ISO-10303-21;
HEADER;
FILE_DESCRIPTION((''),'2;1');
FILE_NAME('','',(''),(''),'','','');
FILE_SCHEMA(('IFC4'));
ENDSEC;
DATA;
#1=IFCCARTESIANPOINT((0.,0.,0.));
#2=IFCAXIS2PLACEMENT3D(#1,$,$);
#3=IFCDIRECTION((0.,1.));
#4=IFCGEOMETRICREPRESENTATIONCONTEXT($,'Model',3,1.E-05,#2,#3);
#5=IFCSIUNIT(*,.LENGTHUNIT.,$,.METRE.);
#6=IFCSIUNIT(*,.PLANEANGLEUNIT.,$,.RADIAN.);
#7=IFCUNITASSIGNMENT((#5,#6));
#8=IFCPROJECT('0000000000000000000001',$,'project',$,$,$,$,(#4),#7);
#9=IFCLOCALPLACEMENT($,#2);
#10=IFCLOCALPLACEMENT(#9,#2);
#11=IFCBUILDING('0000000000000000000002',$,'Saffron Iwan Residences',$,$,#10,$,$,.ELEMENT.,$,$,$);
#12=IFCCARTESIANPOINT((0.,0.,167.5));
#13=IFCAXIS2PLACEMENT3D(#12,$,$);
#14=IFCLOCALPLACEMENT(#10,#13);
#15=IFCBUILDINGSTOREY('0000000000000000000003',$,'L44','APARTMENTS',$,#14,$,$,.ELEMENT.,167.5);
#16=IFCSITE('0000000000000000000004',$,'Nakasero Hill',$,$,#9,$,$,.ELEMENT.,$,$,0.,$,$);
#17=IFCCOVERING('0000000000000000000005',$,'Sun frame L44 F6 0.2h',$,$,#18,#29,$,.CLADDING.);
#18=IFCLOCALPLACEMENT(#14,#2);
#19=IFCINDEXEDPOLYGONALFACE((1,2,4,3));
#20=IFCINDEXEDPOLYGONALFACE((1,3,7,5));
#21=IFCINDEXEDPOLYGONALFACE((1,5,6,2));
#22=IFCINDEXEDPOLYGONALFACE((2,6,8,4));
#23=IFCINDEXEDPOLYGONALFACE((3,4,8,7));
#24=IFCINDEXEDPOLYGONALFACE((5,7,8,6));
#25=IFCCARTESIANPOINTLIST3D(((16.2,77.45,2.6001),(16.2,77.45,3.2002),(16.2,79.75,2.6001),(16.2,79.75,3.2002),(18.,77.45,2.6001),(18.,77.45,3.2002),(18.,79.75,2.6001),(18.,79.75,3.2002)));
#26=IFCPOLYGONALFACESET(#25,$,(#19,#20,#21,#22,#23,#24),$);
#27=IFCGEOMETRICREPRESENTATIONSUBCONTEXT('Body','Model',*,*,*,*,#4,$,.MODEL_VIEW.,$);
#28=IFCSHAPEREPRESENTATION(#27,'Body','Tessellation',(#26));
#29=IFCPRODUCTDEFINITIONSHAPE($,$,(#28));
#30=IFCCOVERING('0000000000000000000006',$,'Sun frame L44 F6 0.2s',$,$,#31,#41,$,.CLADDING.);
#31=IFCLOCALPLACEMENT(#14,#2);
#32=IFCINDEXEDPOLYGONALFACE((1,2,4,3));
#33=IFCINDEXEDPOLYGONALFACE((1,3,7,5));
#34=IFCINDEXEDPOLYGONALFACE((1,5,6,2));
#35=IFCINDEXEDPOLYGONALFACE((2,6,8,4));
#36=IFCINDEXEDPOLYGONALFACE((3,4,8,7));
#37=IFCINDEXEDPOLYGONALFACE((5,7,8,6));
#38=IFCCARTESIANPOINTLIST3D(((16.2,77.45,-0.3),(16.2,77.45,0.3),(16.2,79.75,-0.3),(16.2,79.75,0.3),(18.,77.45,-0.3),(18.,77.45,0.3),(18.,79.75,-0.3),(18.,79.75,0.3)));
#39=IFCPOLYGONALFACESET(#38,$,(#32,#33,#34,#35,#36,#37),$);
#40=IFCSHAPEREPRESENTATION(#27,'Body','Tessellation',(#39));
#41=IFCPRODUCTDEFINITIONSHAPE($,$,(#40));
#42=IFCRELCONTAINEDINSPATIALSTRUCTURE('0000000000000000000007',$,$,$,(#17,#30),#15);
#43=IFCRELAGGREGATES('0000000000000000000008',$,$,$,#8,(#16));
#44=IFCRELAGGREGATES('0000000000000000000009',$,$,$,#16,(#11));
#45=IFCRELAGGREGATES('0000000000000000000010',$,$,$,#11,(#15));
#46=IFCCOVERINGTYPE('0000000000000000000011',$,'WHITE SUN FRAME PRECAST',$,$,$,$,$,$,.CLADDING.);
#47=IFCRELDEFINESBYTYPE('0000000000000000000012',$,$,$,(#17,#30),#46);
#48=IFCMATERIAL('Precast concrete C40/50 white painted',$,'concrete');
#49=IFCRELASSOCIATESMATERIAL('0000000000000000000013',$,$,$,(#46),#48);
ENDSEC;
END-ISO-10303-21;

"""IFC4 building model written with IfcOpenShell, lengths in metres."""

from ifc_helpers import new_model, si_unit, direction, frame, origin, place, context, subcontext, project, spatial, polyline, outline, extrude, material, type_object, element, save


model = new_model("IFC4")

# Units and contexts
model_context = context("Model", 3, precision=1e-05, world=origin(), true_north=direction((0.0, 1.0)))
body_context = subcontext(model_context, "Body", "Model", "MODEL_VIEW")
ifc_project = project(units=[si_unit("LENGTHUNIT", "METRE"), si_unit("PLANEANGLEUNIT", "RADIAN")], contexts=[model_context])

# Site, building, storey
site_placement = place(None, origin())
site = spatial("IfcSite", under=ifc_project, at=site_placement, Name="Nakasero Hill", CompositionType="ELEMENT", RefElevation=0.0)
building_placement = place(site_placement, origin())
building = spatial("IfcBuilding", under=site, at=building_placement, Name="Saffron Iwan Residences", CompositionType="ELEMENT")
storey_placement = place(building_placement, frame((0.0, 0.0, 167.5)))
storey = spatial("IfcBuildingStorey", under=building, at=storey_placement, Name="L44", Description="APARTMENTS", CompositionType="ELEMENT", Elevation=167.5)

# Coverings
ifc_material_1 = material(Name="Precast concrete C40/50 white painted", Category="concrete")
covering_type_1 = type_object("IfcCoveringType", Name="WHITE SUN FRAME PRECAST", PredefinedType="CLADDING", material=ifc_material_1)
for number, where, z_axis, x_axis, name in (
    (1, (18.0, 79.75, 2.6001), (-1.0, 0.0, 0.0), (0.0, -1.0, 0.0), "Sun frame L44 F6 0.2h"),
    (2, (18.0, 79.75, -0.3), (-1.0, 0.0, 0.0), (0.0, -1.0, 0.0), "Sun frame L44 F6 0.2s"),
):
    element("IfcCovering", number, at=place(storey_placement, frame(where, z_axis=z_axis, x_axis=x_axis)), inside=storey, type_object=covering_type_1, Name=name, PredefinedType="CLADDING", context=body_context, shape_type="SweptSolid", body=[
        extrude(outline(polyline([(0.0, 0.0), (2.3, 0.0), (2.3, 0.6001), (0.0, 0.6001), (0.0, 0.0)])), origin(), (0.0, 0.0, 1.0), 1.8),
    ])

save(model, "model.ifc")
